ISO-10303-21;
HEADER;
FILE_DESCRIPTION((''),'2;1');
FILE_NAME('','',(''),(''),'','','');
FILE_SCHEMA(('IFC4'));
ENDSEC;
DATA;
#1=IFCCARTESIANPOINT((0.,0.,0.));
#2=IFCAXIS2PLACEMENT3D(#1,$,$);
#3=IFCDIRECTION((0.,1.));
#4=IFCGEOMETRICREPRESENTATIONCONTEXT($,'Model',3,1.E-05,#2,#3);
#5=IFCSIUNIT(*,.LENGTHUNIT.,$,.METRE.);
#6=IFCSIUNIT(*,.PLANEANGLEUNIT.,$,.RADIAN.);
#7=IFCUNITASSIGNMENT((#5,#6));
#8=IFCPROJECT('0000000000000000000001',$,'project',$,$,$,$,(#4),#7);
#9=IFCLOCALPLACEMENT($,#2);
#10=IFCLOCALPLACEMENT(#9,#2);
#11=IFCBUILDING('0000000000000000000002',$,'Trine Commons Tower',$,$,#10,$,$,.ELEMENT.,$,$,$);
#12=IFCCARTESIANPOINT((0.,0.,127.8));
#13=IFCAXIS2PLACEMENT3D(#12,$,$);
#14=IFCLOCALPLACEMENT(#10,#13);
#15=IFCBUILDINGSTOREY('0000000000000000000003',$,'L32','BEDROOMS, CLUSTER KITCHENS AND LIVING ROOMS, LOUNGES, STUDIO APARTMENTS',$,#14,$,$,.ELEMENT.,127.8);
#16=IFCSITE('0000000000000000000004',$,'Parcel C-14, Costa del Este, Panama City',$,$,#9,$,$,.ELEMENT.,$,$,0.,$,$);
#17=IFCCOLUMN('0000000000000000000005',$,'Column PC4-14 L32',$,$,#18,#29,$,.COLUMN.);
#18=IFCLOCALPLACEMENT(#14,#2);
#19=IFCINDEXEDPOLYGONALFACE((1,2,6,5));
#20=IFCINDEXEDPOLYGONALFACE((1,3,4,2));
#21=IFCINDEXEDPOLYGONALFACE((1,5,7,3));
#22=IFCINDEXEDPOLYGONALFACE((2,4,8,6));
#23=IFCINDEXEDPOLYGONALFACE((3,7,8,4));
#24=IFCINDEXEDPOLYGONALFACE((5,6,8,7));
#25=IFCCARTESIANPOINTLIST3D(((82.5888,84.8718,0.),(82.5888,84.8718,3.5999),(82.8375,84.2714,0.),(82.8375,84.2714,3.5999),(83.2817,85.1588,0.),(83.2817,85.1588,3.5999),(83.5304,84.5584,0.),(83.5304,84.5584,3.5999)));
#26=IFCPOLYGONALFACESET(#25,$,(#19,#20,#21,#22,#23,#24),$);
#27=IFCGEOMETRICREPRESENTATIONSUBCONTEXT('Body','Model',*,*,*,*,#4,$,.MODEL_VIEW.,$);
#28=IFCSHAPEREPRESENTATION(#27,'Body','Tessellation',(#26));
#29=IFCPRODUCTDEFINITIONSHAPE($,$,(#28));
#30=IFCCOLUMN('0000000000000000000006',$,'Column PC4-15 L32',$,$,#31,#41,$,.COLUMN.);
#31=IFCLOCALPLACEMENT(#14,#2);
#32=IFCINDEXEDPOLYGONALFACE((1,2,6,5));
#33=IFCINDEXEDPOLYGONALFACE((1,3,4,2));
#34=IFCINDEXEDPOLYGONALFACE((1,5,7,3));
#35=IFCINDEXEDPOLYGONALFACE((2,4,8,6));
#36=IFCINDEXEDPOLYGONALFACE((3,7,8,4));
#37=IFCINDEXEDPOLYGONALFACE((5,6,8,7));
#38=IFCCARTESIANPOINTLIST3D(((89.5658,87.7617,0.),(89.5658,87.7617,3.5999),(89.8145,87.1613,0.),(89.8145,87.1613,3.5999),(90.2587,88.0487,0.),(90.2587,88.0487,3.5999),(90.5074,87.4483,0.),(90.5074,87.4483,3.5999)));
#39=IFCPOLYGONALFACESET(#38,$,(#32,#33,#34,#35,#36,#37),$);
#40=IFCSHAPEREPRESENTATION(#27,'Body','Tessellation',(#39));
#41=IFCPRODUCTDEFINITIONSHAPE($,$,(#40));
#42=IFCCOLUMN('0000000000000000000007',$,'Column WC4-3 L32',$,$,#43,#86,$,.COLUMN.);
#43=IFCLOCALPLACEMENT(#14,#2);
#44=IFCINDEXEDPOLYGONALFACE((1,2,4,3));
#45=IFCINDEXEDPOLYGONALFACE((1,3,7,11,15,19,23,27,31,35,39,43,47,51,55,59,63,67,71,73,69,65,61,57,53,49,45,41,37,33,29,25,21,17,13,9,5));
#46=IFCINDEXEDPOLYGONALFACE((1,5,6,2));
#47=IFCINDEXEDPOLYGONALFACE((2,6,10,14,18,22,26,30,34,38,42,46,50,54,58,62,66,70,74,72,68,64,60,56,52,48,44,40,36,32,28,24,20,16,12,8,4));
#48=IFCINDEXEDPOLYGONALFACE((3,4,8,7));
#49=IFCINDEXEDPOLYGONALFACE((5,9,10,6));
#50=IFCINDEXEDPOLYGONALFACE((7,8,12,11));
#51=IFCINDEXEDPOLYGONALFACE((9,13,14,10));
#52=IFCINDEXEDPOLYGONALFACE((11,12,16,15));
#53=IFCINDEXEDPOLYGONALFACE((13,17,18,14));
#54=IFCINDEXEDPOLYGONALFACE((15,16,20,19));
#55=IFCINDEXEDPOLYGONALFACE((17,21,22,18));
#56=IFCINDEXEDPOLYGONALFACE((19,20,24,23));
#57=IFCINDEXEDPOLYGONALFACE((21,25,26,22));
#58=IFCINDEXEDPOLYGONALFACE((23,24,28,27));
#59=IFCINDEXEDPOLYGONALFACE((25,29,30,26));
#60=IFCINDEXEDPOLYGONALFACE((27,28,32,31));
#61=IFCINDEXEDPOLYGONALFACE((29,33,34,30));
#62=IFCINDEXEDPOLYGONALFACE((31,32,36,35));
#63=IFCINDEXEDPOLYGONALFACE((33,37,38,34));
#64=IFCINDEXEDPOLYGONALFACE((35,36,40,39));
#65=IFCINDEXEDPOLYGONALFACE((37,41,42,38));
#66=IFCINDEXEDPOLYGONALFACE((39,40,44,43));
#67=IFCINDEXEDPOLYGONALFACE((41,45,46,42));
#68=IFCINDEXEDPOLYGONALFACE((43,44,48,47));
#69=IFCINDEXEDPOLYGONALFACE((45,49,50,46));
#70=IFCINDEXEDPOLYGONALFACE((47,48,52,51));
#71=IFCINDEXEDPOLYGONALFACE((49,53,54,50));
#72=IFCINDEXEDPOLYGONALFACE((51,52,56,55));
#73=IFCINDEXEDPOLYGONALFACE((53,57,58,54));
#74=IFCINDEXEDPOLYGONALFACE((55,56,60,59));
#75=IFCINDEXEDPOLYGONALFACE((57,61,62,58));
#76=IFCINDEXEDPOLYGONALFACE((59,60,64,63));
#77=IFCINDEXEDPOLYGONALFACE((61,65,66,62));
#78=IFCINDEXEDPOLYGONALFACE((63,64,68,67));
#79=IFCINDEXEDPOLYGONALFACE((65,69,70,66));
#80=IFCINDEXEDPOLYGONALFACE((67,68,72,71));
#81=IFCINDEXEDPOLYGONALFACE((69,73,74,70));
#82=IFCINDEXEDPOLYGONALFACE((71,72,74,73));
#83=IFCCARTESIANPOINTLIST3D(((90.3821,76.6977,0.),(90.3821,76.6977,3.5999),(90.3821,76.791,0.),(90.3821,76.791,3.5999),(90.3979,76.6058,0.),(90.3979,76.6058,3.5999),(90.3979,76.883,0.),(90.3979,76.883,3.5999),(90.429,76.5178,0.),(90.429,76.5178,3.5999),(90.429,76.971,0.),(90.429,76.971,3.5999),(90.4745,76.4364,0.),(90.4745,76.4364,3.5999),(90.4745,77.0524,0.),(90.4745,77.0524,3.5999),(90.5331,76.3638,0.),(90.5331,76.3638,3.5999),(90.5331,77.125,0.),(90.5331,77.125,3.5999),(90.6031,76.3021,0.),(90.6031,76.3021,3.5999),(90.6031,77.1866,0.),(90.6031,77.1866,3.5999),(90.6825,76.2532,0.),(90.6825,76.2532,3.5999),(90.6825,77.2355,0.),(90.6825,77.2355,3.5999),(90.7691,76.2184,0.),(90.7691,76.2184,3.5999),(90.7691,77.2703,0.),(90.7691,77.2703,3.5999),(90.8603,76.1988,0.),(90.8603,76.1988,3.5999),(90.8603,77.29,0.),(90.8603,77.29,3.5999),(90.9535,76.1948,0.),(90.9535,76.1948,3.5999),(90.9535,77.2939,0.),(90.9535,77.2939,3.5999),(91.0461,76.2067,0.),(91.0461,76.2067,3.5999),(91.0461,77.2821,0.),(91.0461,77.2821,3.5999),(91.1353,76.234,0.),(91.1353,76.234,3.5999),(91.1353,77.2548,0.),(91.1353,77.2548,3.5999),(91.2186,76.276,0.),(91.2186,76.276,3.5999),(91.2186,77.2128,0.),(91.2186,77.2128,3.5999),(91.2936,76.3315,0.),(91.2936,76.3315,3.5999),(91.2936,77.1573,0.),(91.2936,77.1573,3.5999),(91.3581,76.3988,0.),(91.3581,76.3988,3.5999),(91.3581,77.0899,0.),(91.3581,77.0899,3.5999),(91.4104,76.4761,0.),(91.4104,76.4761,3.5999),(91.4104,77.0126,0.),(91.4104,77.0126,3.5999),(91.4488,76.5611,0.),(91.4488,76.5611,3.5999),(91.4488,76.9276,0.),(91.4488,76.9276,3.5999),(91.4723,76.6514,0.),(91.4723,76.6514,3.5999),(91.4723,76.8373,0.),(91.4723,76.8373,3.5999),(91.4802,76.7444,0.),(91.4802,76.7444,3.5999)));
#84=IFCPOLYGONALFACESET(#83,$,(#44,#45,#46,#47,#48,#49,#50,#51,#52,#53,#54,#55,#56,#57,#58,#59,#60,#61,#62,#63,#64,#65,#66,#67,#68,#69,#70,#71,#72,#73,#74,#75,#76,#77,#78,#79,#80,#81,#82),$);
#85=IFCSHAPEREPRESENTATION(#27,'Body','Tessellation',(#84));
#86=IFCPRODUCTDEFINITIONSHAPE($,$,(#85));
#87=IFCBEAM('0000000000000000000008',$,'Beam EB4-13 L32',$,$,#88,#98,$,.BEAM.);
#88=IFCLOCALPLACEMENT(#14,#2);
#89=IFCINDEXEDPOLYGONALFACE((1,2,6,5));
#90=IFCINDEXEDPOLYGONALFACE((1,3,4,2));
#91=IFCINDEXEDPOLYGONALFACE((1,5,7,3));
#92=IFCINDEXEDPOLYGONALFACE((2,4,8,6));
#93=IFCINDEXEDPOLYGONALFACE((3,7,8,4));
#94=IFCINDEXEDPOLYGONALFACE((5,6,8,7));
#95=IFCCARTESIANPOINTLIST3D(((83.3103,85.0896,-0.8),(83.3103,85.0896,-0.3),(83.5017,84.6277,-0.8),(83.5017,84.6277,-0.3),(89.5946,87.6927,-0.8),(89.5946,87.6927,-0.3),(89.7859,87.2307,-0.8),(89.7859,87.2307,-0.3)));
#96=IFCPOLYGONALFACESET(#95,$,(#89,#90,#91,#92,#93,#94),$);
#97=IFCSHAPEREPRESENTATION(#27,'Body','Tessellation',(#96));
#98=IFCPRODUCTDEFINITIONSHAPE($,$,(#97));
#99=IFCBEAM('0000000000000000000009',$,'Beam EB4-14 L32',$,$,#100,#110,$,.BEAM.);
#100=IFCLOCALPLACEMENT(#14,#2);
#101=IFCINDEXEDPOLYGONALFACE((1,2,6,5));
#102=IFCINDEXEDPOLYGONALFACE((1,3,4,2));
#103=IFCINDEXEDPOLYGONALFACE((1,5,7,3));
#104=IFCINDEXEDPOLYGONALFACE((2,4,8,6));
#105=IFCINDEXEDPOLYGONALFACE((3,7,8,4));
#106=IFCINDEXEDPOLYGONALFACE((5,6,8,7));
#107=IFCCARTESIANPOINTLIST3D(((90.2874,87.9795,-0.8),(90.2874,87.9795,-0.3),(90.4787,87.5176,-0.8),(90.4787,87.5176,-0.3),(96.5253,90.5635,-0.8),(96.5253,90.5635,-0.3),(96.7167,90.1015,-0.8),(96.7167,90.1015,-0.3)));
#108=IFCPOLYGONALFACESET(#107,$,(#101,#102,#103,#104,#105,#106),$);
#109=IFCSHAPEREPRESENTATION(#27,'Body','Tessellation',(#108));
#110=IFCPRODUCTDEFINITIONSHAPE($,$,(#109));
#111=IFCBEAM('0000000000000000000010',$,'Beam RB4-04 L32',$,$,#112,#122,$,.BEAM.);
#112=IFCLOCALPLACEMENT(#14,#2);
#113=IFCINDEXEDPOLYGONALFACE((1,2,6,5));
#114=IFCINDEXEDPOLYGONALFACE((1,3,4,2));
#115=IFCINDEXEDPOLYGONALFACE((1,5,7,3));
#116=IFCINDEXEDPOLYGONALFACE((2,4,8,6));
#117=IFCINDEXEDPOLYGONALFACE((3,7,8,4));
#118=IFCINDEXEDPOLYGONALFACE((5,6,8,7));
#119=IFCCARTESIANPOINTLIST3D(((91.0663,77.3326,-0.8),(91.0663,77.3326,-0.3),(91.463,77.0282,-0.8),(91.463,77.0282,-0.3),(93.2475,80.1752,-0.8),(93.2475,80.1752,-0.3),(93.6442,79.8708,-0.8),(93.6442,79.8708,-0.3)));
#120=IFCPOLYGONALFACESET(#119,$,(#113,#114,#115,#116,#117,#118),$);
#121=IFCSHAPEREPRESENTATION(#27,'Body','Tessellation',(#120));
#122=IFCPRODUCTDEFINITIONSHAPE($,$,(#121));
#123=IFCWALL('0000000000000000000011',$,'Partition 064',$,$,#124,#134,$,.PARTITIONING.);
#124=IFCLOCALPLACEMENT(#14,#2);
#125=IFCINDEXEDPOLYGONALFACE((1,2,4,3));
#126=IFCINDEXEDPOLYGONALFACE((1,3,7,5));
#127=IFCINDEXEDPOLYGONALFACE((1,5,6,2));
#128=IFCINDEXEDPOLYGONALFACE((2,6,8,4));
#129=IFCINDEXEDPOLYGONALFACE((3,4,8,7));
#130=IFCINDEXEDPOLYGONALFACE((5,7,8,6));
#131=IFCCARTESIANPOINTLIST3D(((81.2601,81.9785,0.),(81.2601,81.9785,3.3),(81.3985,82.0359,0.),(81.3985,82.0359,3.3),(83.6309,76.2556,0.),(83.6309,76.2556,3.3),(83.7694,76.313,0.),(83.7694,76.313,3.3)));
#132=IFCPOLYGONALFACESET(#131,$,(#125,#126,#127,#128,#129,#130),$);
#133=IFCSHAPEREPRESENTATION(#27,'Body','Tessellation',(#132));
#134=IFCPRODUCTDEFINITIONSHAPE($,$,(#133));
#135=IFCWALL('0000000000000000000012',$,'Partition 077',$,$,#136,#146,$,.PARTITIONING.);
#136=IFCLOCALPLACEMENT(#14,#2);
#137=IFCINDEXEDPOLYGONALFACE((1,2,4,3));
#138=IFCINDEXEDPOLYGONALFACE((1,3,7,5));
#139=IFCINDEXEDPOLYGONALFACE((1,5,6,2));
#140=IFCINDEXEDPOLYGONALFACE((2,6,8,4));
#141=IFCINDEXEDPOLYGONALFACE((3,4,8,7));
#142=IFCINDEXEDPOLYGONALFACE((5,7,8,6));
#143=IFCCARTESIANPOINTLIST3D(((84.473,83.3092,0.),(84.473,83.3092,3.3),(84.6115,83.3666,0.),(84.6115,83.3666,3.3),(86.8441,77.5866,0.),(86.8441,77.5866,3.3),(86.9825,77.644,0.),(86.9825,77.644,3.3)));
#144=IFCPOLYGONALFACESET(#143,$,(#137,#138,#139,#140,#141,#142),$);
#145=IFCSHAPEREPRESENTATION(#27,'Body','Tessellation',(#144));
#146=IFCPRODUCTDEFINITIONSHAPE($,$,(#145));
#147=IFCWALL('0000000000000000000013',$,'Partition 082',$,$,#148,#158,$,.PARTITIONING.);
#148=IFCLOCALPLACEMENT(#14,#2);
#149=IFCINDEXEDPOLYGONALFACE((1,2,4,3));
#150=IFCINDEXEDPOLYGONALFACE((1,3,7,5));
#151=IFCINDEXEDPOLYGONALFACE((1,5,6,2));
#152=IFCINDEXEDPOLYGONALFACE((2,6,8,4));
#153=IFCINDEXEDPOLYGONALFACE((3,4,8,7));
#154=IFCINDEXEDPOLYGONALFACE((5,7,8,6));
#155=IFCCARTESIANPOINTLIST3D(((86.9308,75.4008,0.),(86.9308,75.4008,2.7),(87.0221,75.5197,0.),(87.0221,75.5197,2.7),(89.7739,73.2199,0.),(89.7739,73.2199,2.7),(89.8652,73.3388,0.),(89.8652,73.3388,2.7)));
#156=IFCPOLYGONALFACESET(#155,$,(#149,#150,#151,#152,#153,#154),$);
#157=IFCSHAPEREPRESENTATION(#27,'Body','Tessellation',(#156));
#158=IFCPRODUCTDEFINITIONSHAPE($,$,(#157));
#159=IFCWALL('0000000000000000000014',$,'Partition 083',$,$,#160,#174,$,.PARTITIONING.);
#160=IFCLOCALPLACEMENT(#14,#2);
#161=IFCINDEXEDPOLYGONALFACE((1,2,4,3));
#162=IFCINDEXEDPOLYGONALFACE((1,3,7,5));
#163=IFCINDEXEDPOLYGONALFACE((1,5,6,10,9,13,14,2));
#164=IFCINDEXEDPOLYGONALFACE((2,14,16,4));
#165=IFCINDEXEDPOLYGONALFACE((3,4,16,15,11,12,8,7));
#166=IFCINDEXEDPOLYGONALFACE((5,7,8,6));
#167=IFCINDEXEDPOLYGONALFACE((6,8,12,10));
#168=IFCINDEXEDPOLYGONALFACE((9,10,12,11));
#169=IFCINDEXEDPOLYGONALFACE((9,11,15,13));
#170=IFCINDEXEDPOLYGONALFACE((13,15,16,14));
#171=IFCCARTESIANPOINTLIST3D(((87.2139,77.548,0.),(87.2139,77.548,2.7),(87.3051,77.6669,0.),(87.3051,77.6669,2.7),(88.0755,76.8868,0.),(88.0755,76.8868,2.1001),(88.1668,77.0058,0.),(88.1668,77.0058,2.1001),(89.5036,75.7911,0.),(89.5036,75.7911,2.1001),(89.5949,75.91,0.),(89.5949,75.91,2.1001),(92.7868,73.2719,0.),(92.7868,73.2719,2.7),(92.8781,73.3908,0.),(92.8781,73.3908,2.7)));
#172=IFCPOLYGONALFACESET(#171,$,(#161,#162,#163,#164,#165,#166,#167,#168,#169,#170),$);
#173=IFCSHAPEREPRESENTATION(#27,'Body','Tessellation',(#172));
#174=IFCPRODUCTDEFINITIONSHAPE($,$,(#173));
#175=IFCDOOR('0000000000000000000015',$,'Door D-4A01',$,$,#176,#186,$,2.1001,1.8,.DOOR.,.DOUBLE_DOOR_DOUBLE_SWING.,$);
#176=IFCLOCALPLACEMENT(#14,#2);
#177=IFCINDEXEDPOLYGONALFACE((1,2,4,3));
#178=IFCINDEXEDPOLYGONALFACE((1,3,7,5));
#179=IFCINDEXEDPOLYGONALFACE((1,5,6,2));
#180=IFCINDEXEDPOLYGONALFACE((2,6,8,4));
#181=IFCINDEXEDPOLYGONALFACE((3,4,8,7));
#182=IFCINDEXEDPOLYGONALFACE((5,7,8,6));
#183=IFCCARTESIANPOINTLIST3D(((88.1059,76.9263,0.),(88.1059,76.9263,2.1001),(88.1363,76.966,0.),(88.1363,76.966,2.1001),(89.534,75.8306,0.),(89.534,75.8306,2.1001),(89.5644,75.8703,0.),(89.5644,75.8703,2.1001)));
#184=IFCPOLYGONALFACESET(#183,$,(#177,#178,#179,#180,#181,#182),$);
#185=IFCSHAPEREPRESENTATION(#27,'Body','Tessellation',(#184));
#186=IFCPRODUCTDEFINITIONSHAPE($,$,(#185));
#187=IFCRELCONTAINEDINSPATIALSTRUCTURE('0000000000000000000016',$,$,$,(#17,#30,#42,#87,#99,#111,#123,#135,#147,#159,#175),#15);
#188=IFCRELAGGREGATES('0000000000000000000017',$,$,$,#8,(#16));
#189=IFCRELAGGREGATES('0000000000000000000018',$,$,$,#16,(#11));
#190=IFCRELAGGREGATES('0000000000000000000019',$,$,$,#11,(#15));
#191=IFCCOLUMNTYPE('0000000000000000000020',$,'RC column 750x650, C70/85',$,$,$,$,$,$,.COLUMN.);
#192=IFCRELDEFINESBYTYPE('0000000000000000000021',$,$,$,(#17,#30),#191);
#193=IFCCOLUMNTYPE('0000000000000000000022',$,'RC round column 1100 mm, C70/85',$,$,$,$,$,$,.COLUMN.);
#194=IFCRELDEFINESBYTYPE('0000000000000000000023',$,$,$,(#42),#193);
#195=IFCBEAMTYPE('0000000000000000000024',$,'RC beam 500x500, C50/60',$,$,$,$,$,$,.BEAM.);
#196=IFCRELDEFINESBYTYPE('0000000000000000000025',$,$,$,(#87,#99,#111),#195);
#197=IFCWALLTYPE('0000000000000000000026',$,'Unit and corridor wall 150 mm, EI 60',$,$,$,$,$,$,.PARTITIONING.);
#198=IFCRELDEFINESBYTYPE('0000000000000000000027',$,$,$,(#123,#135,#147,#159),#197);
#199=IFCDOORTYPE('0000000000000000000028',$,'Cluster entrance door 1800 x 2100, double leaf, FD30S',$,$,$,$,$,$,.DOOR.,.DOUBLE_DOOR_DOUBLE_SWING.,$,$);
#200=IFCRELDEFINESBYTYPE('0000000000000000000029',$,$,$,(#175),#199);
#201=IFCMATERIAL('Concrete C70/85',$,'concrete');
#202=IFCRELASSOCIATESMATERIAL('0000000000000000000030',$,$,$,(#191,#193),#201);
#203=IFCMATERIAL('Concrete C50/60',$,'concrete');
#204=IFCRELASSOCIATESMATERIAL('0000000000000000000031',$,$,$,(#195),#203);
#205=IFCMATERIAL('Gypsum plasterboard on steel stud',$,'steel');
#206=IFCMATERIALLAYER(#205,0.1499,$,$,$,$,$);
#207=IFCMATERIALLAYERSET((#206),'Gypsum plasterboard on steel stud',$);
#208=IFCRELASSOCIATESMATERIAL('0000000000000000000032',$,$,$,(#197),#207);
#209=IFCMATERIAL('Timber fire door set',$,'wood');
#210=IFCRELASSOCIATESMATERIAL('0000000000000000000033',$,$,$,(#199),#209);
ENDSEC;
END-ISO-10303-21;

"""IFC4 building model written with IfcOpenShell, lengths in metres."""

from ifc_helpers import new_model, si_unit, direction, frame, frame_2d, origin, origin_2d, place, context, subcontext, project, spatial, rectangle, circle, extrude, material, layer, layer_set, material_profile, profile_set, type_object, element, fill, save


model = new_model("IFC4")

# Units and contexts
model_context = context("Model", 3, precision=1e-05, world=origin(), true_north=direction((0.0, 1.0)))
body_context = subcontext(model_context, "Body", "Model", "MODEL_VIEW")
ifc_project = project(units=[si_unit("LENGTHUNIT", "METRE"), si_unit("PLANEANGLEUNIT", "RADIAN")], contexts=[model_context])

# Site, building, storey
site_placement = place(None, origin())
site = spatial("IfcSite", under=ifc_project, at=site_placement, Name="Parcel C-14, Costa del Este, Panama City", CompositionType="ELEMENT", RefElevation=0.0)
building_placement = place(site_placement, origin())
building = spatial("IfcBuilding", under=site, at=building_placement, Name="Trine Commons Tower", CompositionType="ELEMENT")
storey_placement = place(building_placement, frame((0.0, 0.0, 127.8)))
storey = spatial("IfcBuildingStorey", under=building, at=storey_placement, Name="L32", Description="BEDROOMS, CLUSTER KITCHENS AND LIVING ROOMS, LOUNGES, STUDIO APARTMENTS", CompositionType="ELEMENT", Elevation=127.8)

# Columns
ifc_material_1 = material(Name="Concrete C70/85", Category="concrete")
ifc_material_profile_1 = material_profile(ifc_material_1, rectangle(XDim=0.75, YDim=0.6499, at=origin_2d()), Name="RC 750x650")
ifc_profile_set_1 = profile_set([ifc_material_profile_1], Name="Concrete C70/85")
column_type_1 = type_object("IfcColumnType", Name="RC column 750x650, C70/85", PredefinedType="COLUMN", material=ifc_profile_set_1)
for number, where, z_axis, x_axis, name in (
    (1, (83.0596, 84.7151, 0.0), (0.0, 0.0, 1.0), (0.92388, 0.382683, 0.0), "Column PC4-14 L32"),
    (2, (90.0366, 87.605, 0.0), (0.0, 0.0, 1.0), (0.92388, 0.382683, 0.0), "Column PC4-15 L32"),
):
    element("IfcColumn", number, at=place(storey_placement, frame(where, z_axis=z_axis, x_axis=x_axis)), inside=storey, type_object=column_type_1, Name=name, PredefinedType="COLUMN", context=body_context, shape_type="SweptSolid", body=[
        extrude(rectangle(XDim=0.75, YDim=0.6499, at=origin_2d()), origin(), (0.0, 0.0, 1.0), 3.5999),
    ])
ifc_material_profile_2 = material_profile(ifc_material_1, circle(Radius=0.55, at=origin_2d()), Name="RC round 1100")
ifc_profile_set_2 = profile_set([ifc_material_profile_2], Name="Concrete C70/85")
column_type_2 = type_object("IfcColumnType", Name="RC round column 1100 mm, C70/85", PredefinedType="COLUMN", material=ifc_profile_set_2)
column_placement = place(storey_placement, frame((90.9302, 76.7444, 0.0), z_axis=(0.0, 0.0, 1.0), x_axis=(1.0, 0.0, 0.0)))
element("IfcColumn", 3, at=column_placement, inside=storey, type_object=column_type_2, Name="Column WC4-3 L32", PredefinedType="COLUMN", context=body_context, shape_type="SweptSolid", body=[
    extrude(circle(Radius=0.55, at=origin_2d()), origin(), (0.0, 0.0, 1.0), 3.5999),
])

# Beams
ifc_material_2 = material(Name="Concrete C50/60", Category="concrete")
ifc_material_profile_3 = material_profile(ifc_material_2, rectangle(XDim=0.5, YDim=0.5, at=origin_2d()), Name="RC 500x500")
ifc_profile_set_3 = profile_set([ifc_material_profile_3], Name="Concrete C50/60")
beam_type = type_object("IfcBeamType", Name="RC beam 500x500, C50/60", PredefinedType="BEAM", material=ifc_profile_set_3)
beam_1_placement = place(storey_placement, frame((83.406, 84.8586, -0.55), z_axis=(0.923878, 0.382688, 0.0), x_axis=(-0.382688, 0.923878, 0.0)))
element("IfcBeam", 4, at=beam_1_placement, inside=storey, type_object=beam_type, Name="Beam EB4-13 L32", PredefinedType="BEAM", context=body_context, shape_type="SweptSolid", body=[
    extrude(rectangle(XDim=0.5, YDim=0.5, at=origin_2d()), origin(), (0.0, 0.0, 1.0), 6.802),
])
beam_2_placement = place(storey_placement, frame((90.3831, 87.7485, -0.55), z_axis=(0.923874, 0.382697, 0.0), x_axis=(-0.382697, 0.923874, 0.0)))
element("IfcBeam", 5, at=beam_2_placement, inside=storey, type_object=beam_type, Name="Beam EB4-14 L32", PredefinedType="BEAM", context=body_context, shape_type="SweptSolid", body=[
    extrude(rectangle(XDim=0.5, YDim=0.5, at=origin_2d()), origin(), (0.0, 0.0, 1.0), 6.752),
])
beam_3_placement = place(storey_placement, frame((91.2646, 77.1804, -0.55), z_axis=(0.608762, 0.793353, 0.0), x_axis=(-0.793353, 0.608762, 0.0)))
element("IfcBeam", 6, at=beam_3_placement, inside=storey, type_object=beam_type, Name="Beam RB4-04 L32", PredefinedType="BEAM", context=body_context, shape_type="SweptSolid", body=[
    extrude(rectangle(XDim=0.5, YDim=0.5, at=origin_2d()), origin(), (0.0, 0.0, 1.0), 3.583),
])

# Walls
ifc_material_3 = material(Name="Gypsum plasterboard on steel stud", Category="steel")
ifc_layer_1 = layer(ifc_material_3, 0.1499)
ifc_layer_set_1 = layer_set([ifc_layer_1], Name="Gypsum plasterboard on steel stud")
wall_type_1 = type_object("IfcWallType", Name="Unit and corridor wall 150 mm, EI 60", PredefinedType="PARTITIONING", material=ifc_layer_set_1)
wall_1_placement = place(storey_placement, frame((81.3293, 82.0071, 0.0), z_axis=(0.0, 0.0, 1.0), x_axis=(0.382731, -0.92386, 0.0)))
element("IfcWall", 7, at=wall_1_placement, inside=storey, type_object=wall_type_1, Name="Partition 064", PredefinedType="PARTITIONING", context=body_context, shape_type="SweptSolid", body=[
    extrude(rectangle(XDim=6.1946, YDim=0.1499, at=frame_2d((3.0972, 0.0))), origin(), (0.0, 0.0, 1.0), 3.3),
])
wall_2_placement = place(storey_placement, frame((84.5422, 83.3379, 0.0), z_axis=(0.0, 0.0, 1.0), x_axis=(0.382779, -0.92384, 0.0)))
element("IfcWall", 8, at=wall_2_placement, inside=storey, type_object=wall_type_1, Name="Partition 077", PredefinedType="PARTITIONING", context=body_context, shape_type="SweptSolid", body=[
    extrude(rectangle(XDim=6.1943, YDim=0.1499, at=frame_2d((3.0972, 0.0))), origin(), (0.0, 0.0, 1.0), 3.3),
])
wall_3_placement = place(storey_placement, frame((86.9766, 75.4602, 0.0), z_axis=(0.0, 0.0, 1.0), x_axis=(0.793436, -0.608653, 0.0)))
element("IfcWall", 9, at=wall_3_placement, inside=storey, type_object=wall_type_1, Name="Partition 082", PredefinedType="PARTITIONING", context=body_context, shape_type="SweptSolid", body=[
    extrude(rectangle(XDim=3.5833, YDim=0.1499, at=frame_2d((1.7915, 0.0))), origin(), (0.0, 0.0, 1.0), 2.7),
])

# Wall, opening, door
wall_4_placement = place(storey_placement, frame((87.2595, 77.6074, 0.0), z_axis=(0.0, 0.0, 1.0), x_axis=(0.793366, -0.608745, 0.0)))
wall_4 = element("IfcWall", 10, at=wall_4_placement, inside=storey, type_object=wall_type_1, Name="Partition 083", PredefinedType="PARTITIONING", context=body_context, shape_type="SweptSolid", body=[
    extrude(rectangle(XDim=7.0244, YDim=0.1499, at=frame_2d((3.5122, 0.0))), origin(), (0.0, 0.0, 1.0), 2.7),
])
opening_1_placement = place(wall_4_placement, frame((1.0862, 0.0, 0.0)))
opening_1 = element("IfcOpeningElement", 11, at=opening_1_placement, cuts=wall_4, PredefinedType="OPENING", context=body_context, shape_type="SweptSolid", body=[
    extrude(rectangle(XDim=1.8, YDim=2.1001, at=frame_2d((0.8999, 1.05))), frame((0.0, 0.085, 0.0), z_axis=(0.0, -1.0, 0.0), x_axis=(1.0, 0.0, 0.0)), (0.0, 0.0, 1.0), 0.1699),
])
ifc_material_4 = material(Name="Timber fire door set", Category="wood")
door_type_1 = type_object("IfcDoorType", Name="Cluster entrance door 1800 x 2100, double leaf, FD30S", OperationType="DOUBLE_DOOR_DOUBLE_SWING", PredefinedType="DOOR", material=ifc_material_4)
door_1_placement = place(opening_1_placement, origin())
door_1 = element("IfcDoor", 12, at=door_1_placement, inside=storey, type_object=door_type_1, Name="Door D-4A01", OperationType="DOUBLE_DOOR_DOUBLE_SWING", OverallHeight=2.1001, OverallWidth=1.8, PredefinedType="DOOR", context=body_context, shape_type="SweptSolid", body=[
    extrude(rectangle(XDim=1.8, YDim=2.1001, at=frame_2d((0.8999, 1.05))), frame((0.0, 0.0249, 0.0), z_axis=(0.0, -1.0, 0.0), x_axis=(1.0, 0.0, 0.0)), (0.0, 0.0, 1.0), 0.05),
])
fill(opening_1, door_1)

save(model, "model.ifc")
